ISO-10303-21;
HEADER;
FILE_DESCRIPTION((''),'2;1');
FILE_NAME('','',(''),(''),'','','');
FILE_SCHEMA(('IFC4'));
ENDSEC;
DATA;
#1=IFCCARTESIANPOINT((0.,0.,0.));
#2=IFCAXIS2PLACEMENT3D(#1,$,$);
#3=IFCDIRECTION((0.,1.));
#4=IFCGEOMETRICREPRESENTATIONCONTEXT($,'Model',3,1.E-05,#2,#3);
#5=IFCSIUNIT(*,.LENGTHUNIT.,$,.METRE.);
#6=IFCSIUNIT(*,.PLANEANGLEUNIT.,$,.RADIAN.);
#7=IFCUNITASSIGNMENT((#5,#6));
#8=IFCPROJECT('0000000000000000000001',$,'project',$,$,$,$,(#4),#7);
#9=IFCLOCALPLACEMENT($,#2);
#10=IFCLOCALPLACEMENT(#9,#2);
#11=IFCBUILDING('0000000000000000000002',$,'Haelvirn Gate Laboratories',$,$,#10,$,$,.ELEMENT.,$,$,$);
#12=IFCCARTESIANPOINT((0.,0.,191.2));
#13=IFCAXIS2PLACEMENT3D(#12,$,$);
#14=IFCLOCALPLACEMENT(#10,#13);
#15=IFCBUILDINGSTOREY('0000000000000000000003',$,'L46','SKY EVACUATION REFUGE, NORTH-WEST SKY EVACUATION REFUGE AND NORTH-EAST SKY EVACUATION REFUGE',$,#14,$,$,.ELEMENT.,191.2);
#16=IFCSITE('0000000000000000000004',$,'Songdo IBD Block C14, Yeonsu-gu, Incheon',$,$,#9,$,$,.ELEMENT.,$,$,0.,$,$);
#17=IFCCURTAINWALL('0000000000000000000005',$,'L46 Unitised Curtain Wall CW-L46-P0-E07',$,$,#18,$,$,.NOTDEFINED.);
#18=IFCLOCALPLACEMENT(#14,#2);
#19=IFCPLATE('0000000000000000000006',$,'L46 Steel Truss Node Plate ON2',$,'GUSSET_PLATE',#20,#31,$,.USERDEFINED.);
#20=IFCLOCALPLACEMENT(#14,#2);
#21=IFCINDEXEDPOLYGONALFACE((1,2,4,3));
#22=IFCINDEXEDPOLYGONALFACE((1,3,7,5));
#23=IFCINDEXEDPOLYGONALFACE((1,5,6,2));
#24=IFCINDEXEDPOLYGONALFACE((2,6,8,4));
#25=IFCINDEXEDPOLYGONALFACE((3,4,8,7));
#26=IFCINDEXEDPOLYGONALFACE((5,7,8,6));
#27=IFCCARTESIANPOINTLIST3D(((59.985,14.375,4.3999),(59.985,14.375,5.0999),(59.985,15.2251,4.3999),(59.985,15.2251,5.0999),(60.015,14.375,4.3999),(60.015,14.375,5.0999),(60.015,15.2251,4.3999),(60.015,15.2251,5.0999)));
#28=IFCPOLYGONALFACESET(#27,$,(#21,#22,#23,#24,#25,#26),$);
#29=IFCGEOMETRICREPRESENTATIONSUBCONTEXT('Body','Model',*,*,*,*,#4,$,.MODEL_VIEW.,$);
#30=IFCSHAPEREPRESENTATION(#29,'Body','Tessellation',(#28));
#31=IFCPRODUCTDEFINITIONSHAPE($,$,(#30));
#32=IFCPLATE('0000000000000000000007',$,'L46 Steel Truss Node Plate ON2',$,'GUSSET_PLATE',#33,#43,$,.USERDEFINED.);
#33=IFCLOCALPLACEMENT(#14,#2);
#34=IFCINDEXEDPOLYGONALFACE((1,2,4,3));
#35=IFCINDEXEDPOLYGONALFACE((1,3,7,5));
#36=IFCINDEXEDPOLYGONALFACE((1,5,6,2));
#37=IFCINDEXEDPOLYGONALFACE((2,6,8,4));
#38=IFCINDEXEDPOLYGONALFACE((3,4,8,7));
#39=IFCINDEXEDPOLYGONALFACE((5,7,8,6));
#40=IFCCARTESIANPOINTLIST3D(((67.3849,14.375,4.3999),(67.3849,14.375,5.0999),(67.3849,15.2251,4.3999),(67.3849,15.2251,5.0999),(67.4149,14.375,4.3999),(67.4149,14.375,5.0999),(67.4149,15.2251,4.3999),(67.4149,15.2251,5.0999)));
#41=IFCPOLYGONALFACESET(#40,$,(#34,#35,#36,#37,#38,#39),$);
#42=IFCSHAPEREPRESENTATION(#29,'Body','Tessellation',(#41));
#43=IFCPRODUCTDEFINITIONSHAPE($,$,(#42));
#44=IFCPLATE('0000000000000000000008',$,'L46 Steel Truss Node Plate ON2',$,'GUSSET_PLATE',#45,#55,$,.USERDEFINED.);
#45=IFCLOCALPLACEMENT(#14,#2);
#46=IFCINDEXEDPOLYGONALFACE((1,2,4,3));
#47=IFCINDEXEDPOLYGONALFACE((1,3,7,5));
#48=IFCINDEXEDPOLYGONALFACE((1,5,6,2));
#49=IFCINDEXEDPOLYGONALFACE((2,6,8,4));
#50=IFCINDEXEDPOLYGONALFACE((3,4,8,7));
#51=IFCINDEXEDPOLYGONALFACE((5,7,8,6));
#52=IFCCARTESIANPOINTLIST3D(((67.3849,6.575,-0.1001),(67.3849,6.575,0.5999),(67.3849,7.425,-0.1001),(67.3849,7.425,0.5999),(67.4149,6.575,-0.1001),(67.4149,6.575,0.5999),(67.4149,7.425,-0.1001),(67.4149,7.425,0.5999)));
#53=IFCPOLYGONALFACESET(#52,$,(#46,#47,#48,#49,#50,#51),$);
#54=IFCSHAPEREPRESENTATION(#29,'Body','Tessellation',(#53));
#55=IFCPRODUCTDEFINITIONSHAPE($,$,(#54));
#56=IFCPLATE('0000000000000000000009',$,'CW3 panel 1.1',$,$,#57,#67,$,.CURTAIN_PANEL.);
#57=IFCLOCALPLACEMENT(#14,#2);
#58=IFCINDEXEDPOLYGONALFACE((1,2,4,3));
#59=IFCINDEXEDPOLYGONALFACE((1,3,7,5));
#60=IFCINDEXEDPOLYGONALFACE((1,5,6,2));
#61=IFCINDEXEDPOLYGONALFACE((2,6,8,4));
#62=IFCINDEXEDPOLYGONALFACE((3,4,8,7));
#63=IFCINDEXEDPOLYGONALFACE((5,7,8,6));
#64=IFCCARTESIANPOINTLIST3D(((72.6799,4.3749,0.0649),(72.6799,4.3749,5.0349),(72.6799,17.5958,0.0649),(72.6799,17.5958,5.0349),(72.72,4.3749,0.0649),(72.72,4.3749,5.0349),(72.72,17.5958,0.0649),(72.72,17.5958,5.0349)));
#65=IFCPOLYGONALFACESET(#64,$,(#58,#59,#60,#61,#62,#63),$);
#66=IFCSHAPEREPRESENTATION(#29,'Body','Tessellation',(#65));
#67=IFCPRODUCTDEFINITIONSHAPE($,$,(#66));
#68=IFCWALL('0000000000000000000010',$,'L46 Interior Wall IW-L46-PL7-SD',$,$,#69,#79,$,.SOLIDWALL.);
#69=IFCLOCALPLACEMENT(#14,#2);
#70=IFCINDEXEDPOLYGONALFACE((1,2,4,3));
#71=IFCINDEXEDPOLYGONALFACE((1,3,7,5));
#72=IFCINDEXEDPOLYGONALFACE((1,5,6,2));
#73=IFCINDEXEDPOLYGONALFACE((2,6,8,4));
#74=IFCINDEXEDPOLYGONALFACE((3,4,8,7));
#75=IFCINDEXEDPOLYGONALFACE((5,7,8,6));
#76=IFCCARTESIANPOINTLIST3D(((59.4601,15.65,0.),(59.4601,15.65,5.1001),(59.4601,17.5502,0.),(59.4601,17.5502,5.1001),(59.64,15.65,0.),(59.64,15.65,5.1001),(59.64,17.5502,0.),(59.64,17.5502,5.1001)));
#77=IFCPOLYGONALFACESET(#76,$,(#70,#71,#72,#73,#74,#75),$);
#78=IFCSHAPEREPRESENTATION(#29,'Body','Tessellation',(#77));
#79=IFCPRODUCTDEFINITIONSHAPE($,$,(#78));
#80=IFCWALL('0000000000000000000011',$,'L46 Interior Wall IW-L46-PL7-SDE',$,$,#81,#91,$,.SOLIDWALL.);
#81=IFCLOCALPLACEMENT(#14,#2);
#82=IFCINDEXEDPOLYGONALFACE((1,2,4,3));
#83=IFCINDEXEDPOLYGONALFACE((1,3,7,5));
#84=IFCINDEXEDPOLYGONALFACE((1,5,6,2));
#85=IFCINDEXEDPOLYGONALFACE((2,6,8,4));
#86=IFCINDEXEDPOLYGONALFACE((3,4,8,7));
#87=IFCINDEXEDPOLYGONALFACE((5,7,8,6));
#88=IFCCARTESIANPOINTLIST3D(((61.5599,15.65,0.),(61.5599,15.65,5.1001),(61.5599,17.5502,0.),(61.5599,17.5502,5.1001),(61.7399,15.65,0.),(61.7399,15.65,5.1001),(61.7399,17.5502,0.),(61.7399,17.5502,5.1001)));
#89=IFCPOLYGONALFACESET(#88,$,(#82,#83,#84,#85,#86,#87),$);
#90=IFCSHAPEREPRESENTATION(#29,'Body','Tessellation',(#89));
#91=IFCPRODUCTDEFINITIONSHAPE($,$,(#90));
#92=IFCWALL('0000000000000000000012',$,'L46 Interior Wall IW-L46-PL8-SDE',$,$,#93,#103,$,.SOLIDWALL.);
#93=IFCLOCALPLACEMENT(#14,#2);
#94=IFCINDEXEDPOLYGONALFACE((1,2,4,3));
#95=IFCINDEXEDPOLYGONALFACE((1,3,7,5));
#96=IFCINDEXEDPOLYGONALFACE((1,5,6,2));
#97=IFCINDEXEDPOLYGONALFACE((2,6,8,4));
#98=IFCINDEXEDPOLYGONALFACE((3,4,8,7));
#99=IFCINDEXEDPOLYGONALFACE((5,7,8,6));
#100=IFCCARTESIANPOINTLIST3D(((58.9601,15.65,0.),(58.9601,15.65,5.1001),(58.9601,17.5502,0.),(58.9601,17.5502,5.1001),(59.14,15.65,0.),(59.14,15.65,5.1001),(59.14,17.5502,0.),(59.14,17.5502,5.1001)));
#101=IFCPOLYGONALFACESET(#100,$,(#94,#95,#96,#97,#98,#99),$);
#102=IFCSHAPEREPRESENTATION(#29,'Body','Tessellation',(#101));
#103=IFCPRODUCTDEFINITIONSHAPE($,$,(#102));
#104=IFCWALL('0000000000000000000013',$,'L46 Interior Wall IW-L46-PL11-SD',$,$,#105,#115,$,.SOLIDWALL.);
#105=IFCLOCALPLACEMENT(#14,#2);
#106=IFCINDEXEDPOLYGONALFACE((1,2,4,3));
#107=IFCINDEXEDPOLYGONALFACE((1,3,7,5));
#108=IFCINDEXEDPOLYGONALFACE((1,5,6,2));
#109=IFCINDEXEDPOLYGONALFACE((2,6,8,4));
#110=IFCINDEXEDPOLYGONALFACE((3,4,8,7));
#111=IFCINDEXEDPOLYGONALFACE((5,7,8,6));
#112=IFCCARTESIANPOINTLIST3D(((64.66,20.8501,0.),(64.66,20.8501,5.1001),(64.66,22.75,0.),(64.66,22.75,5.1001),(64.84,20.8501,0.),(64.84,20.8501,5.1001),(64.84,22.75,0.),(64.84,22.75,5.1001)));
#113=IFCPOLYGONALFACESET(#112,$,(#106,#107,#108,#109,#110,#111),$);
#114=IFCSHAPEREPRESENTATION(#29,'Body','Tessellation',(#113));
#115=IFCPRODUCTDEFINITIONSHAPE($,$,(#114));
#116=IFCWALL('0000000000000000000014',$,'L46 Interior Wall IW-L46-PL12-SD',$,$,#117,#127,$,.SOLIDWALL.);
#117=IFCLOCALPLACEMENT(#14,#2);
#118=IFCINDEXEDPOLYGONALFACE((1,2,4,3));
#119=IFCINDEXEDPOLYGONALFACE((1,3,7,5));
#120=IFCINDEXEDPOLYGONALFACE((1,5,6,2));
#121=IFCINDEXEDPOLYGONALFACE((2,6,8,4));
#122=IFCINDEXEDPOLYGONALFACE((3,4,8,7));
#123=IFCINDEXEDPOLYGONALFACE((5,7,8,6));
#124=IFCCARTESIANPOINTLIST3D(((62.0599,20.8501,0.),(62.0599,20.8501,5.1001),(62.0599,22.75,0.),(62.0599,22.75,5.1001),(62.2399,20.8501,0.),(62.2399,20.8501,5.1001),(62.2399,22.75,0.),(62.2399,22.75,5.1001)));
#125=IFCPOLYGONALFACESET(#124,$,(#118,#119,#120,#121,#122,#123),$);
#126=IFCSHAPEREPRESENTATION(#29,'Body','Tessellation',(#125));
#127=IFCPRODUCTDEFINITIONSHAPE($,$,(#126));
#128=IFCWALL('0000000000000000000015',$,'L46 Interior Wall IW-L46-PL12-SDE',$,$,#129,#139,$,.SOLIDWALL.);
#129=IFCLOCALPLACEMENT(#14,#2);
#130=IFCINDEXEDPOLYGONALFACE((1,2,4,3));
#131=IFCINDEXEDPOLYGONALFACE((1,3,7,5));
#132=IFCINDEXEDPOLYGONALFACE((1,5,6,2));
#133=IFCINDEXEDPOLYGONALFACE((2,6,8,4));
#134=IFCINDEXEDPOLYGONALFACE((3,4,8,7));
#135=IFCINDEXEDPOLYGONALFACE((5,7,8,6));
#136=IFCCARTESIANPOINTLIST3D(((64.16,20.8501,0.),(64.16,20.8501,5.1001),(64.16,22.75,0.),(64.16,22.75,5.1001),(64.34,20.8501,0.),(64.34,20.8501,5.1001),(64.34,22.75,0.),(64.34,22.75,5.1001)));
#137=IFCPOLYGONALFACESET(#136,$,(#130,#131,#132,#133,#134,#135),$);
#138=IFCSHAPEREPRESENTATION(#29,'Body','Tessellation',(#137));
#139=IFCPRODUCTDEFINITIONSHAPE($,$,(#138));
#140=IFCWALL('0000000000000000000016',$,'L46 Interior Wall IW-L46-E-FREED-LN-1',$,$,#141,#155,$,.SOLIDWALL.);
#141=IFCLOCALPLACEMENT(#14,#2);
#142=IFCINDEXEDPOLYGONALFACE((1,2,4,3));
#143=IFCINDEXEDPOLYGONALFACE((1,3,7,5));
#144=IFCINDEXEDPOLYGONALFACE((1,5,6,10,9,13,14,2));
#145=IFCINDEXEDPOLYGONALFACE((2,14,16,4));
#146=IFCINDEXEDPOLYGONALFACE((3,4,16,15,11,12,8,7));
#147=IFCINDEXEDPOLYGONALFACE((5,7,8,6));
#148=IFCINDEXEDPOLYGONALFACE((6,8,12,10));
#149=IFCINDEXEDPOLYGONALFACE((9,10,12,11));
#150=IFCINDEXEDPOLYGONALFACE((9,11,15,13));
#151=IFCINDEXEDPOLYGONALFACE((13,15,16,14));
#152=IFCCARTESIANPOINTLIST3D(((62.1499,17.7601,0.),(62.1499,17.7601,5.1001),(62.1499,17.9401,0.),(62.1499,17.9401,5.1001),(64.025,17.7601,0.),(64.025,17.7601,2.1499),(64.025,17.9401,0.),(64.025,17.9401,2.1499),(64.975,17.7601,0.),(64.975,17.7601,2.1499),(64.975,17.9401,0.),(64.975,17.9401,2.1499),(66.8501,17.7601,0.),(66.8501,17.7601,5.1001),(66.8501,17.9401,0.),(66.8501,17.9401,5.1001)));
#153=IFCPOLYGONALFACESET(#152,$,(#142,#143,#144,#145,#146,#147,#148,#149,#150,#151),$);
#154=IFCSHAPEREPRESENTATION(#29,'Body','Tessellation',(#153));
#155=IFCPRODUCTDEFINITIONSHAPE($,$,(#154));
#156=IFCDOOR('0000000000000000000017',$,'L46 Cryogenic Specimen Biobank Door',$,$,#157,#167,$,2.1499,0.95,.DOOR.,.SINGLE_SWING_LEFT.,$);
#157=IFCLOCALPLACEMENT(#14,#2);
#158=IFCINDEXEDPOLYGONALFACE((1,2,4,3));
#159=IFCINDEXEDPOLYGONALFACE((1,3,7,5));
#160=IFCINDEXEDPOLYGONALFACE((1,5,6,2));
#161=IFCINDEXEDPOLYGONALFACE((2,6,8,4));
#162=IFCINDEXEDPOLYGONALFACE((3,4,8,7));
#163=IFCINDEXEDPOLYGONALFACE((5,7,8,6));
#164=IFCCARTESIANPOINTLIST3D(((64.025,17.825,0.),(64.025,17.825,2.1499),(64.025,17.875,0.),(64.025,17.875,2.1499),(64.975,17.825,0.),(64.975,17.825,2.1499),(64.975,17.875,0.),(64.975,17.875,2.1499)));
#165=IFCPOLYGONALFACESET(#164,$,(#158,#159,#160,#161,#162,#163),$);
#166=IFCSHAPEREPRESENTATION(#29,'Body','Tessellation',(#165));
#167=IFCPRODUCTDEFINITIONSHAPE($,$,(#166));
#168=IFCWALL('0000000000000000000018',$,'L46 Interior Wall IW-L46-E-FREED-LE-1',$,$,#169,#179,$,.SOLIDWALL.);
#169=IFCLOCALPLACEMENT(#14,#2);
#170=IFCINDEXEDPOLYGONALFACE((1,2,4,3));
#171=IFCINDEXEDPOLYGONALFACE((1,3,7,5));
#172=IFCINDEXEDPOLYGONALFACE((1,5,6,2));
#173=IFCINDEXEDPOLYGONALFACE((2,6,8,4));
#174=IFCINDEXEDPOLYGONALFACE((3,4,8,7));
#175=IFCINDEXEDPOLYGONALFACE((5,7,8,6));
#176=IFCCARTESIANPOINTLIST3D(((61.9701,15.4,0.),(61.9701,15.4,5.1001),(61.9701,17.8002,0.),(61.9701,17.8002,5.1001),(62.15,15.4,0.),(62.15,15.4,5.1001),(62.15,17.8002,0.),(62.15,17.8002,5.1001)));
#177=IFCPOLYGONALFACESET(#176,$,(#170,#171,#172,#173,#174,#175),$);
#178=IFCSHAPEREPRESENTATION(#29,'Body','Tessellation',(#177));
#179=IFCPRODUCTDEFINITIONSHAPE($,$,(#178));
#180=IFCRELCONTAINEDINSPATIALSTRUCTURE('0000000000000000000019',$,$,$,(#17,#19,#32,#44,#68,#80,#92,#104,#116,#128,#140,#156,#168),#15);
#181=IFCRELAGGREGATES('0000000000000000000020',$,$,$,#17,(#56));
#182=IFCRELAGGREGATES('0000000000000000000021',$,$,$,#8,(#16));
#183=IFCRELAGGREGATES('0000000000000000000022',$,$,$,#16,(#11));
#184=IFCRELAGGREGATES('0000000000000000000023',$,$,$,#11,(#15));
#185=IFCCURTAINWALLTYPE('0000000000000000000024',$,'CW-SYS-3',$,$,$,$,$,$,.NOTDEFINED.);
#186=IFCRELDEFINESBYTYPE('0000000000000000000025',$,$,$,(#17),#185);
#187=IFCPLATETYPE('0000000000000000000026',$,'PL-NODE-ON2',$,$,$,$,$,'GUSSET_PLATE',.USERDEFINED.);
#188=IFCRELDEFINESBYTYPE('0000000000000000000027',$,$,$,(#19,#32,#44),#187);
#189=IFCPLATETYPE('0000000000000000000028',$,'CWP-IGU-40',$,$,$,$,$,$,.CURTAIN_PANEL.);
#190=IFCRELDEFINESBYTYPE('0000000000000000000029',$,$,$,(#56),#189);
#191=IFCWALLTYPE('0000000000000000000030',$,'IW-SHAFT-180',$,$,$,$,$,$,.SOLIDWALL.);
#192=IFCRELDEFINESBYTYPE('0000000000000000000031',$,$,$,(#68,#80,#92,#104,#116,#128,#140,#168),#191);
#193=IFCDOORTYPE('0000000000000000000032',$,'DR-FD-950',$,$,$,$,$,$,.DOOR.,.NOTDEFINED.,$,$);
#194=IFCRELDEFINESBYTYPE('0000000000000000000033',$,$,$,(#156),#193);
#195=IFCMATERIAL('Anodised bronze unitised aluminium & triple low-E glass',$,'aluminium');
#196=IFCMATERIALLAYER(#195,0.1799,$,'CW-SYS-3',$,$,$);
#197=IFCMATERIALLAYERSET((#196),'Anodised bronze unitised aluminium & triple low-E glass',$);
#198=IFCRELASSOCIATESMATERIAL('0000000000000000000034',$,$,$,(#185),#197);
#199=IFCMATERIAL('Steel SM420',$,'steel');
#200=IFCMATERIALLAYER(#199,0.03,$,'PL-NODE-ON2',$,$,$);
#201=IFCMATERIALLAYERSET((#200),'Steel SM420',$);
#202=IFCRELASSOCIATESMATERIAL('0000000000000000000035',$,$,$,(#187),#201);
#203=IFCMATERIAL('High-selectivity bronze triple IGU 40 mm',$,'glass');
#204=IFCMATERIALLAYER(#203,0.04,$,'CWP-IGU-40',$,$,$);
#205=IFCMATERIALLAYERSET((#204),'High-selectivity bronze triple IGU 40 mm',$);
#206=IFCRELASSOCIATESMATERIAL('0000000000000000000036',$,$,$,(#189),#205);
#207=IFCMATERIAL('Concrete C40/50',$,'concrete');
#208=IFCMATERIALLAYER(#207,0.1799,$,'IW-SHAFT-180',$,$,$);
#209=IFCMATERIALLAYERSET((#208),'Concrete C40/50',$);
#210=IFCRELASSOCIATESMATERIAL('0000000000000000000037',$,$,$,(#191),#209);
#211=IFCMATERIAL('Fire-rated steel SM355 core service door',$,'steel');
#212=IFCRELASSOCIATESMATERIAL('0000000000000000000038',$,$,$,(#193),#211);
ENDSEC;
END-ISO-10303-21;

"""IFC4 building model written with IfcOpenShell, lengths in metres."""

from ifc_helpers import new_model, si_unit, direction, frame, frame_2d, origin, origin_2d, place, context, subcontext, project, spatial, rectangle, extrude, source, transform, mapped, material, layer, layer_set, type_object, type_shapes, element, fill, aggregate, save


model = new_model("IFC4")

# Units and contexts
model_context = context("Model", 3, precision=1e-05, world=origin(), true_north=direction((0.0, 1.0)))
body_context = subcontext(model_context, "Body", "Model", "MODEL_VIEW")
ifc_project = project(units=[si_unit("LENGTHUNIT", "METRE"), si_unit("PLANEANGLEUNIT", "RADIAN")], contexts=[model_context])

# Site, building, storey
site_placement = place(None, origin())
site = spatial("IfcSite", under=ifc_project, at=site_placement, Name="Songdo IBD Block C14, Yeonsu-gu, Incheon", CompositionType="ELEMENT", RefElevation=0.0)
building_placement = place(site_placement, origin())
building = spatial("IfcBuilding", under=site, at=building_placement, Name="Haelvirn Gate Laboratories", CompositionType="ELEMENT")
storey_placement = place(building_placement, frame((0.0, 0.0, 191.2)))
storey = spatial("IfcBuildingStorey", under=building, at=storey_placement, Name="L46", Description="SKY EVACUATION REFUGE, NORTH-WEST SKY EVACUATION REFUGE AND NORTH-EAST SKY EVACUATION REFUGE", CompositionType="ELEMENT", Elevation=191.2)

# Shared definitions
ifc_material_1 = material(Name="Steel SM420", Category="steel")

# Curtain wall
ifc_material_2 = material(Name="Anodised bronze unitised aluminium & triple low-E glass", Category="aluminium")
ifc_layer_1 = layer(ifc_material_2, 0.1799, Name="CW-SYS-3")
ifc_layer_set_1 = layer_set([ifc_layer_1], Name="Anodised bronze unitised aluminium & triple low-E glass")
curtain_wall_type = type_object("IfcCurtainWallType", Name="CW-SYS-3", PredefinedType="NOTDEFINED", material=ifc_layer_set_1)
curtain_wall_placement = place(storey_placement, origin())
curtain_wall = element("IfcCurtainWall", 1, at=curtain_wall_placement, inside=storey, type_object=curtain_wall_type, Name="L46 Unitised Curtain Wall CW-L46-P0-E07", PredefinedType="NOTDEFINED")

# Plates
ifc_layer_2 = layer(ifc_material_1, 0.03, Name="PL-NODE-ON2")
ifc_layer_set_2 = layer_set([ifc_layer_2], Name="Steel SM420")
plate_type_1 = type_object("IfcPlateType", Name="PL-NODE-ON2", ElementType="GUSSET_PLATE", PredefinedType="USERDEFINED", material=ifc_layer_set_2)
shared_shape_1 = source(origin(), body_context, "Body", "SweptSolid", [
    extrude(rectangle(XDim=0.8501, YDim=0.03, at=origin_2d()), origin(), (0.0, 0.0, 1.0), 0.7),
])
type_shapes(plate_type_1, [shared_shape_1])
for number, where, z_axis, x_axis, name in (
    (2, (60.0, 14.8, 4.3999), (0.0, 0.0, 1.0), (0.0, 1.0, 0.0), "L46 Steel Truss Node Plate ON2"),
    (3, (67.3999, 14.8, 4.3999), (0.0, 0.0, 1.0), (0.0, 1.0, 0.0), "L46 Steel Truss Node Plate ON2"),
    (4, (67.3999, 7.0, -0.1001), (0.0, 0.0, 1.0), (0.0, 1.0, 0.0), "L46 Steel Truss Node Plate ON2"),
):
    element("IfcPlate", number, at=place(storey_placement, frame(where, z_axis=z_axis, x_axis=x_axis)), inside=storey, type_object=plate_type_1, Name=name, ObjectType="GUSSET_PLATE", PredefinedType="USERDEFINED", context=body_context, shape_type="MappedRepresentation", body=[
        mapped(shared_shape_1, transform((0.0, 0.0, 0.0), scale=1.0)),
    ])

# Plate
ifc_material_3 = material(Name="High-selectivity bronze triple IGU 40 mm", Category="glass")
ifc_layer_3 = layer(ifc_material_3, 0.04, Name="CWP-IGU-40")
ifc_layer_set_3 = layer_set([ifc_layer_3], Name="High-selectivity bronze triple IGU 40 mm")
plate_type_2 = type_object("IfcPlateType", Name="CWP-IGU-40", PredefinedType="CURTAIN_PANEL", material=ifc_layer_set_3)
shared_shape_2 = source(origin(), body_context, "Body", "SweptSolid", [
    extrude(rectangle(XDim=13.2209, YDim=0.04, at=origin_2d()), origin(), (0.0, 0.0, 1.0), 4.97),
])
type_shapes(plate_type_2, [shared_shape_2])
plate_placement = place(storey_placement, frame((72.7, 10.9854, 0.0649), z_axis=(0.0, 0.0, 1.0), x_axis=(0.0, 1.0, 0.0)))
plate = element("IfcPlate", 5, at=plate_placement, type_object=plate_type_2, Name="CW3 panel 1.1", PredefinedType="CURTAIN_PANEL", context=body_context, shape_type="MappedRepresentation", body=[
    mapped(shared_shape_2, transform((0.0, 0.0, 0.0), scale=1.0)),
])
aggregate(curtain_wall, [plate])

# Walls
ifc_material_4 = material(Name="Concrete C40/50", Category="concrete")
ifc_layer_4 = layer(ifc_material_4, 0.1799, Name="IW-SHAFT-180")
ifc_layer_set_4 = layer_set([ifc_layer_4], Name="Concrete C40/50")
wall_type_1 = type_object("IfcWallType", Name="IW-SHAFT-180", PredefinedType="SOLIDWALL", material=ifc_layer_set_4)
for number, where, z_axis, x_axis, name in (
    (6, (59.55, 15.6499, 0.0), (0.0, 0.0, 1.0), (0.0, 1.0, 0.0), "L46 Interior Wall IW-L46-PL7-SD"),
    (7, (61.6499, 15.6499, 0.0), (0.0, 0.0, 1.0), (0.0, 1.0, 0.0), "L46 Interior Wall IW-L46-PL7-SDE"),
    (8, (59.05, 15.6499, 0.0), (0.0, 0.0, 1.0), (0.0, 1.0, 0.0), "L46 Interior Wall IW-L46-PL8-SDE"),
):
    element("IfcWall", number, at=place(storey_placement, frame(where, z_axis=z_axis, x_axis=x_axis)), inside=storey, type_object=wall_type_1, Name=name, PredefinedType="SOLIDWALL", context=body_context, shape_type="SweptSolid", body=[
        extrude(rectangle(XDim=1.9001, YDim=0.1799, at=frame_2d((0.9502, 0.0))), origin(), (0.0, 0.0, 1.0), 5.1001),
    ])
for number, where, z_axis, x_axis, name in (
    (9, (64.75, 20.8501, 0.0), (0.0, 0.0, 1.0), (0.0, 1.0, 0.0), "L46 Interior Wall IW-L46-PL11-SD"),
    (10, (62.1499, 20.8501, 0.0), (0.0, 0.0, 1.0), (0.0, 1.0, 0.0), "L46 Interior Wall IW-L46-PL12-SD"),
    (11, (64.25, 20.8501, 0.0), (0.0, 0.0, 1.0), (0.0, 1.0, 0.0), "L46 Interior Wall IW-L46-PL12-SDE"),
):
    element("IfcWall", number, at=place(storey_placement, frame(where, z_axis=z_axis, x_axis=x_axis)), inside=storey, type_object=wall_type_1, Name=name, PredefinedType="SOLIDWALL", context=body_context, shape_type="SweptSolid", body=[
        extrude(rectangle(XDim=1.8999, YDim=0.1799, at=frame_2d((0.95, 0.0))), origin(), (0.0, 0.0, 1.0), 5.1001),
    ])

# Wall, opening, door
wall_1_placement = place(storey_placement, frame((62.1499, 17.8501, 0.0), z_axis=(0.0, 0.0, 1.0), x_axis=(1.0, 0.0, 0.0)))
wall_1 = element("IfcWall", 12, at=wall_1_placement, inside=storey, type_object=wall_type_1, Name="L46 Interior Wall IW-L46-E-FREED-LN-1", PredefinedType="SOLIDWALL", context=body_context, shape_type="SweptSolid", body=[
    extrude(rectangle(XDim=4.7002, YDim=0.1799, at=frame_2d((2.3501, 0.0))), origin(), (0.0, 0.0, 1.0), 5.1001),
])
opening_1_placement = place(wall_1_placement, frame((1.875, 0.0, 0.0)))
opening_1 = element("IfcOpeningElement", 13, at=opening_1_placement, cuts=wall_1, PredefinedType="OPENING", context=body_context, shape_type="SweptSolid", body=[
    extrude(rectangle(XDim=0.95, YDim=2.1499, at=frame_2d((0.4751, 1.075))), frame((0.0, 0.1001, 0.0), z_axis=(0.0, -1.0, 0.0), x_axis=(1.0, 0.0, 0.0)), (0.0, 0.0, 1.0), 0.2),
])
ifc_material_5 = material(Name="Fire-rated steel SM355 core service door", Category="steel")
door_type_1 = type_object("IfcDoorType", Name="DR-FD-950", OperationType="NOTDEFINED", PredefinedType="DOOR", material=ifc_material_5)
shared_shape_3 = source(origin(), body_context, "Body", "SweptSolid", [
    extrude(rectangle(XDim=0.95, YDim=2.1499, at=frame_2d((0.4751, 1.075))), frame((0.0, 0.0249, 0.0), z_axis=(0.0, -1.0, 0.0), x_axis=(1.0, 0.0, 0.0)), (0.0, 0.0, 1.0), 0.05),
])
type_shapes(door_type_1, [shared_shape_3])
door_1_placement = place(opening_1_placement, origin())
door_1 = element("IfcDoor", 14, at=door_1_placement, inside=storey, type_object=door_type_1, Name="L46 Cryogenic Specimen Biobank Door", OperationType="SINGLE_SWING_LEFT", OverallHeight=2.1499, OverallWidth=0.95, PredefinedType="DOOR", context=body_context, shape_type="MappedRepresentation", body=[
    mapped(shared_shape_3, transform((0.0, 0.0, 0.0), scale=1.0)),
])
fill(opening_1, door_1)

# Wall
wall_2_placement = place(storey_placement, frame((62.0601, 15.3999, 0.0), z_axis=(0.0, 0.0, 1.0), x_axis=(0.0, 1.0, 0.0)))
element("IfcWall", 15, at=wall_2_placement, inside=storey, type_object=wall_type_1, Name="L46 Interior Wall IW-L46-E-FREED-LE-1", PredefinedType="SOLIDWALL", context=body_context, shape_type="SweptSolid", body=[
    extrude(rectangle(XDim=2.4001, YDim=0.1799, at=frame_2d((1.2002, 0.0))), origin(), (0.0, 0.0, 1.0), 5.1001),
])

save(model, "model.ifc")
